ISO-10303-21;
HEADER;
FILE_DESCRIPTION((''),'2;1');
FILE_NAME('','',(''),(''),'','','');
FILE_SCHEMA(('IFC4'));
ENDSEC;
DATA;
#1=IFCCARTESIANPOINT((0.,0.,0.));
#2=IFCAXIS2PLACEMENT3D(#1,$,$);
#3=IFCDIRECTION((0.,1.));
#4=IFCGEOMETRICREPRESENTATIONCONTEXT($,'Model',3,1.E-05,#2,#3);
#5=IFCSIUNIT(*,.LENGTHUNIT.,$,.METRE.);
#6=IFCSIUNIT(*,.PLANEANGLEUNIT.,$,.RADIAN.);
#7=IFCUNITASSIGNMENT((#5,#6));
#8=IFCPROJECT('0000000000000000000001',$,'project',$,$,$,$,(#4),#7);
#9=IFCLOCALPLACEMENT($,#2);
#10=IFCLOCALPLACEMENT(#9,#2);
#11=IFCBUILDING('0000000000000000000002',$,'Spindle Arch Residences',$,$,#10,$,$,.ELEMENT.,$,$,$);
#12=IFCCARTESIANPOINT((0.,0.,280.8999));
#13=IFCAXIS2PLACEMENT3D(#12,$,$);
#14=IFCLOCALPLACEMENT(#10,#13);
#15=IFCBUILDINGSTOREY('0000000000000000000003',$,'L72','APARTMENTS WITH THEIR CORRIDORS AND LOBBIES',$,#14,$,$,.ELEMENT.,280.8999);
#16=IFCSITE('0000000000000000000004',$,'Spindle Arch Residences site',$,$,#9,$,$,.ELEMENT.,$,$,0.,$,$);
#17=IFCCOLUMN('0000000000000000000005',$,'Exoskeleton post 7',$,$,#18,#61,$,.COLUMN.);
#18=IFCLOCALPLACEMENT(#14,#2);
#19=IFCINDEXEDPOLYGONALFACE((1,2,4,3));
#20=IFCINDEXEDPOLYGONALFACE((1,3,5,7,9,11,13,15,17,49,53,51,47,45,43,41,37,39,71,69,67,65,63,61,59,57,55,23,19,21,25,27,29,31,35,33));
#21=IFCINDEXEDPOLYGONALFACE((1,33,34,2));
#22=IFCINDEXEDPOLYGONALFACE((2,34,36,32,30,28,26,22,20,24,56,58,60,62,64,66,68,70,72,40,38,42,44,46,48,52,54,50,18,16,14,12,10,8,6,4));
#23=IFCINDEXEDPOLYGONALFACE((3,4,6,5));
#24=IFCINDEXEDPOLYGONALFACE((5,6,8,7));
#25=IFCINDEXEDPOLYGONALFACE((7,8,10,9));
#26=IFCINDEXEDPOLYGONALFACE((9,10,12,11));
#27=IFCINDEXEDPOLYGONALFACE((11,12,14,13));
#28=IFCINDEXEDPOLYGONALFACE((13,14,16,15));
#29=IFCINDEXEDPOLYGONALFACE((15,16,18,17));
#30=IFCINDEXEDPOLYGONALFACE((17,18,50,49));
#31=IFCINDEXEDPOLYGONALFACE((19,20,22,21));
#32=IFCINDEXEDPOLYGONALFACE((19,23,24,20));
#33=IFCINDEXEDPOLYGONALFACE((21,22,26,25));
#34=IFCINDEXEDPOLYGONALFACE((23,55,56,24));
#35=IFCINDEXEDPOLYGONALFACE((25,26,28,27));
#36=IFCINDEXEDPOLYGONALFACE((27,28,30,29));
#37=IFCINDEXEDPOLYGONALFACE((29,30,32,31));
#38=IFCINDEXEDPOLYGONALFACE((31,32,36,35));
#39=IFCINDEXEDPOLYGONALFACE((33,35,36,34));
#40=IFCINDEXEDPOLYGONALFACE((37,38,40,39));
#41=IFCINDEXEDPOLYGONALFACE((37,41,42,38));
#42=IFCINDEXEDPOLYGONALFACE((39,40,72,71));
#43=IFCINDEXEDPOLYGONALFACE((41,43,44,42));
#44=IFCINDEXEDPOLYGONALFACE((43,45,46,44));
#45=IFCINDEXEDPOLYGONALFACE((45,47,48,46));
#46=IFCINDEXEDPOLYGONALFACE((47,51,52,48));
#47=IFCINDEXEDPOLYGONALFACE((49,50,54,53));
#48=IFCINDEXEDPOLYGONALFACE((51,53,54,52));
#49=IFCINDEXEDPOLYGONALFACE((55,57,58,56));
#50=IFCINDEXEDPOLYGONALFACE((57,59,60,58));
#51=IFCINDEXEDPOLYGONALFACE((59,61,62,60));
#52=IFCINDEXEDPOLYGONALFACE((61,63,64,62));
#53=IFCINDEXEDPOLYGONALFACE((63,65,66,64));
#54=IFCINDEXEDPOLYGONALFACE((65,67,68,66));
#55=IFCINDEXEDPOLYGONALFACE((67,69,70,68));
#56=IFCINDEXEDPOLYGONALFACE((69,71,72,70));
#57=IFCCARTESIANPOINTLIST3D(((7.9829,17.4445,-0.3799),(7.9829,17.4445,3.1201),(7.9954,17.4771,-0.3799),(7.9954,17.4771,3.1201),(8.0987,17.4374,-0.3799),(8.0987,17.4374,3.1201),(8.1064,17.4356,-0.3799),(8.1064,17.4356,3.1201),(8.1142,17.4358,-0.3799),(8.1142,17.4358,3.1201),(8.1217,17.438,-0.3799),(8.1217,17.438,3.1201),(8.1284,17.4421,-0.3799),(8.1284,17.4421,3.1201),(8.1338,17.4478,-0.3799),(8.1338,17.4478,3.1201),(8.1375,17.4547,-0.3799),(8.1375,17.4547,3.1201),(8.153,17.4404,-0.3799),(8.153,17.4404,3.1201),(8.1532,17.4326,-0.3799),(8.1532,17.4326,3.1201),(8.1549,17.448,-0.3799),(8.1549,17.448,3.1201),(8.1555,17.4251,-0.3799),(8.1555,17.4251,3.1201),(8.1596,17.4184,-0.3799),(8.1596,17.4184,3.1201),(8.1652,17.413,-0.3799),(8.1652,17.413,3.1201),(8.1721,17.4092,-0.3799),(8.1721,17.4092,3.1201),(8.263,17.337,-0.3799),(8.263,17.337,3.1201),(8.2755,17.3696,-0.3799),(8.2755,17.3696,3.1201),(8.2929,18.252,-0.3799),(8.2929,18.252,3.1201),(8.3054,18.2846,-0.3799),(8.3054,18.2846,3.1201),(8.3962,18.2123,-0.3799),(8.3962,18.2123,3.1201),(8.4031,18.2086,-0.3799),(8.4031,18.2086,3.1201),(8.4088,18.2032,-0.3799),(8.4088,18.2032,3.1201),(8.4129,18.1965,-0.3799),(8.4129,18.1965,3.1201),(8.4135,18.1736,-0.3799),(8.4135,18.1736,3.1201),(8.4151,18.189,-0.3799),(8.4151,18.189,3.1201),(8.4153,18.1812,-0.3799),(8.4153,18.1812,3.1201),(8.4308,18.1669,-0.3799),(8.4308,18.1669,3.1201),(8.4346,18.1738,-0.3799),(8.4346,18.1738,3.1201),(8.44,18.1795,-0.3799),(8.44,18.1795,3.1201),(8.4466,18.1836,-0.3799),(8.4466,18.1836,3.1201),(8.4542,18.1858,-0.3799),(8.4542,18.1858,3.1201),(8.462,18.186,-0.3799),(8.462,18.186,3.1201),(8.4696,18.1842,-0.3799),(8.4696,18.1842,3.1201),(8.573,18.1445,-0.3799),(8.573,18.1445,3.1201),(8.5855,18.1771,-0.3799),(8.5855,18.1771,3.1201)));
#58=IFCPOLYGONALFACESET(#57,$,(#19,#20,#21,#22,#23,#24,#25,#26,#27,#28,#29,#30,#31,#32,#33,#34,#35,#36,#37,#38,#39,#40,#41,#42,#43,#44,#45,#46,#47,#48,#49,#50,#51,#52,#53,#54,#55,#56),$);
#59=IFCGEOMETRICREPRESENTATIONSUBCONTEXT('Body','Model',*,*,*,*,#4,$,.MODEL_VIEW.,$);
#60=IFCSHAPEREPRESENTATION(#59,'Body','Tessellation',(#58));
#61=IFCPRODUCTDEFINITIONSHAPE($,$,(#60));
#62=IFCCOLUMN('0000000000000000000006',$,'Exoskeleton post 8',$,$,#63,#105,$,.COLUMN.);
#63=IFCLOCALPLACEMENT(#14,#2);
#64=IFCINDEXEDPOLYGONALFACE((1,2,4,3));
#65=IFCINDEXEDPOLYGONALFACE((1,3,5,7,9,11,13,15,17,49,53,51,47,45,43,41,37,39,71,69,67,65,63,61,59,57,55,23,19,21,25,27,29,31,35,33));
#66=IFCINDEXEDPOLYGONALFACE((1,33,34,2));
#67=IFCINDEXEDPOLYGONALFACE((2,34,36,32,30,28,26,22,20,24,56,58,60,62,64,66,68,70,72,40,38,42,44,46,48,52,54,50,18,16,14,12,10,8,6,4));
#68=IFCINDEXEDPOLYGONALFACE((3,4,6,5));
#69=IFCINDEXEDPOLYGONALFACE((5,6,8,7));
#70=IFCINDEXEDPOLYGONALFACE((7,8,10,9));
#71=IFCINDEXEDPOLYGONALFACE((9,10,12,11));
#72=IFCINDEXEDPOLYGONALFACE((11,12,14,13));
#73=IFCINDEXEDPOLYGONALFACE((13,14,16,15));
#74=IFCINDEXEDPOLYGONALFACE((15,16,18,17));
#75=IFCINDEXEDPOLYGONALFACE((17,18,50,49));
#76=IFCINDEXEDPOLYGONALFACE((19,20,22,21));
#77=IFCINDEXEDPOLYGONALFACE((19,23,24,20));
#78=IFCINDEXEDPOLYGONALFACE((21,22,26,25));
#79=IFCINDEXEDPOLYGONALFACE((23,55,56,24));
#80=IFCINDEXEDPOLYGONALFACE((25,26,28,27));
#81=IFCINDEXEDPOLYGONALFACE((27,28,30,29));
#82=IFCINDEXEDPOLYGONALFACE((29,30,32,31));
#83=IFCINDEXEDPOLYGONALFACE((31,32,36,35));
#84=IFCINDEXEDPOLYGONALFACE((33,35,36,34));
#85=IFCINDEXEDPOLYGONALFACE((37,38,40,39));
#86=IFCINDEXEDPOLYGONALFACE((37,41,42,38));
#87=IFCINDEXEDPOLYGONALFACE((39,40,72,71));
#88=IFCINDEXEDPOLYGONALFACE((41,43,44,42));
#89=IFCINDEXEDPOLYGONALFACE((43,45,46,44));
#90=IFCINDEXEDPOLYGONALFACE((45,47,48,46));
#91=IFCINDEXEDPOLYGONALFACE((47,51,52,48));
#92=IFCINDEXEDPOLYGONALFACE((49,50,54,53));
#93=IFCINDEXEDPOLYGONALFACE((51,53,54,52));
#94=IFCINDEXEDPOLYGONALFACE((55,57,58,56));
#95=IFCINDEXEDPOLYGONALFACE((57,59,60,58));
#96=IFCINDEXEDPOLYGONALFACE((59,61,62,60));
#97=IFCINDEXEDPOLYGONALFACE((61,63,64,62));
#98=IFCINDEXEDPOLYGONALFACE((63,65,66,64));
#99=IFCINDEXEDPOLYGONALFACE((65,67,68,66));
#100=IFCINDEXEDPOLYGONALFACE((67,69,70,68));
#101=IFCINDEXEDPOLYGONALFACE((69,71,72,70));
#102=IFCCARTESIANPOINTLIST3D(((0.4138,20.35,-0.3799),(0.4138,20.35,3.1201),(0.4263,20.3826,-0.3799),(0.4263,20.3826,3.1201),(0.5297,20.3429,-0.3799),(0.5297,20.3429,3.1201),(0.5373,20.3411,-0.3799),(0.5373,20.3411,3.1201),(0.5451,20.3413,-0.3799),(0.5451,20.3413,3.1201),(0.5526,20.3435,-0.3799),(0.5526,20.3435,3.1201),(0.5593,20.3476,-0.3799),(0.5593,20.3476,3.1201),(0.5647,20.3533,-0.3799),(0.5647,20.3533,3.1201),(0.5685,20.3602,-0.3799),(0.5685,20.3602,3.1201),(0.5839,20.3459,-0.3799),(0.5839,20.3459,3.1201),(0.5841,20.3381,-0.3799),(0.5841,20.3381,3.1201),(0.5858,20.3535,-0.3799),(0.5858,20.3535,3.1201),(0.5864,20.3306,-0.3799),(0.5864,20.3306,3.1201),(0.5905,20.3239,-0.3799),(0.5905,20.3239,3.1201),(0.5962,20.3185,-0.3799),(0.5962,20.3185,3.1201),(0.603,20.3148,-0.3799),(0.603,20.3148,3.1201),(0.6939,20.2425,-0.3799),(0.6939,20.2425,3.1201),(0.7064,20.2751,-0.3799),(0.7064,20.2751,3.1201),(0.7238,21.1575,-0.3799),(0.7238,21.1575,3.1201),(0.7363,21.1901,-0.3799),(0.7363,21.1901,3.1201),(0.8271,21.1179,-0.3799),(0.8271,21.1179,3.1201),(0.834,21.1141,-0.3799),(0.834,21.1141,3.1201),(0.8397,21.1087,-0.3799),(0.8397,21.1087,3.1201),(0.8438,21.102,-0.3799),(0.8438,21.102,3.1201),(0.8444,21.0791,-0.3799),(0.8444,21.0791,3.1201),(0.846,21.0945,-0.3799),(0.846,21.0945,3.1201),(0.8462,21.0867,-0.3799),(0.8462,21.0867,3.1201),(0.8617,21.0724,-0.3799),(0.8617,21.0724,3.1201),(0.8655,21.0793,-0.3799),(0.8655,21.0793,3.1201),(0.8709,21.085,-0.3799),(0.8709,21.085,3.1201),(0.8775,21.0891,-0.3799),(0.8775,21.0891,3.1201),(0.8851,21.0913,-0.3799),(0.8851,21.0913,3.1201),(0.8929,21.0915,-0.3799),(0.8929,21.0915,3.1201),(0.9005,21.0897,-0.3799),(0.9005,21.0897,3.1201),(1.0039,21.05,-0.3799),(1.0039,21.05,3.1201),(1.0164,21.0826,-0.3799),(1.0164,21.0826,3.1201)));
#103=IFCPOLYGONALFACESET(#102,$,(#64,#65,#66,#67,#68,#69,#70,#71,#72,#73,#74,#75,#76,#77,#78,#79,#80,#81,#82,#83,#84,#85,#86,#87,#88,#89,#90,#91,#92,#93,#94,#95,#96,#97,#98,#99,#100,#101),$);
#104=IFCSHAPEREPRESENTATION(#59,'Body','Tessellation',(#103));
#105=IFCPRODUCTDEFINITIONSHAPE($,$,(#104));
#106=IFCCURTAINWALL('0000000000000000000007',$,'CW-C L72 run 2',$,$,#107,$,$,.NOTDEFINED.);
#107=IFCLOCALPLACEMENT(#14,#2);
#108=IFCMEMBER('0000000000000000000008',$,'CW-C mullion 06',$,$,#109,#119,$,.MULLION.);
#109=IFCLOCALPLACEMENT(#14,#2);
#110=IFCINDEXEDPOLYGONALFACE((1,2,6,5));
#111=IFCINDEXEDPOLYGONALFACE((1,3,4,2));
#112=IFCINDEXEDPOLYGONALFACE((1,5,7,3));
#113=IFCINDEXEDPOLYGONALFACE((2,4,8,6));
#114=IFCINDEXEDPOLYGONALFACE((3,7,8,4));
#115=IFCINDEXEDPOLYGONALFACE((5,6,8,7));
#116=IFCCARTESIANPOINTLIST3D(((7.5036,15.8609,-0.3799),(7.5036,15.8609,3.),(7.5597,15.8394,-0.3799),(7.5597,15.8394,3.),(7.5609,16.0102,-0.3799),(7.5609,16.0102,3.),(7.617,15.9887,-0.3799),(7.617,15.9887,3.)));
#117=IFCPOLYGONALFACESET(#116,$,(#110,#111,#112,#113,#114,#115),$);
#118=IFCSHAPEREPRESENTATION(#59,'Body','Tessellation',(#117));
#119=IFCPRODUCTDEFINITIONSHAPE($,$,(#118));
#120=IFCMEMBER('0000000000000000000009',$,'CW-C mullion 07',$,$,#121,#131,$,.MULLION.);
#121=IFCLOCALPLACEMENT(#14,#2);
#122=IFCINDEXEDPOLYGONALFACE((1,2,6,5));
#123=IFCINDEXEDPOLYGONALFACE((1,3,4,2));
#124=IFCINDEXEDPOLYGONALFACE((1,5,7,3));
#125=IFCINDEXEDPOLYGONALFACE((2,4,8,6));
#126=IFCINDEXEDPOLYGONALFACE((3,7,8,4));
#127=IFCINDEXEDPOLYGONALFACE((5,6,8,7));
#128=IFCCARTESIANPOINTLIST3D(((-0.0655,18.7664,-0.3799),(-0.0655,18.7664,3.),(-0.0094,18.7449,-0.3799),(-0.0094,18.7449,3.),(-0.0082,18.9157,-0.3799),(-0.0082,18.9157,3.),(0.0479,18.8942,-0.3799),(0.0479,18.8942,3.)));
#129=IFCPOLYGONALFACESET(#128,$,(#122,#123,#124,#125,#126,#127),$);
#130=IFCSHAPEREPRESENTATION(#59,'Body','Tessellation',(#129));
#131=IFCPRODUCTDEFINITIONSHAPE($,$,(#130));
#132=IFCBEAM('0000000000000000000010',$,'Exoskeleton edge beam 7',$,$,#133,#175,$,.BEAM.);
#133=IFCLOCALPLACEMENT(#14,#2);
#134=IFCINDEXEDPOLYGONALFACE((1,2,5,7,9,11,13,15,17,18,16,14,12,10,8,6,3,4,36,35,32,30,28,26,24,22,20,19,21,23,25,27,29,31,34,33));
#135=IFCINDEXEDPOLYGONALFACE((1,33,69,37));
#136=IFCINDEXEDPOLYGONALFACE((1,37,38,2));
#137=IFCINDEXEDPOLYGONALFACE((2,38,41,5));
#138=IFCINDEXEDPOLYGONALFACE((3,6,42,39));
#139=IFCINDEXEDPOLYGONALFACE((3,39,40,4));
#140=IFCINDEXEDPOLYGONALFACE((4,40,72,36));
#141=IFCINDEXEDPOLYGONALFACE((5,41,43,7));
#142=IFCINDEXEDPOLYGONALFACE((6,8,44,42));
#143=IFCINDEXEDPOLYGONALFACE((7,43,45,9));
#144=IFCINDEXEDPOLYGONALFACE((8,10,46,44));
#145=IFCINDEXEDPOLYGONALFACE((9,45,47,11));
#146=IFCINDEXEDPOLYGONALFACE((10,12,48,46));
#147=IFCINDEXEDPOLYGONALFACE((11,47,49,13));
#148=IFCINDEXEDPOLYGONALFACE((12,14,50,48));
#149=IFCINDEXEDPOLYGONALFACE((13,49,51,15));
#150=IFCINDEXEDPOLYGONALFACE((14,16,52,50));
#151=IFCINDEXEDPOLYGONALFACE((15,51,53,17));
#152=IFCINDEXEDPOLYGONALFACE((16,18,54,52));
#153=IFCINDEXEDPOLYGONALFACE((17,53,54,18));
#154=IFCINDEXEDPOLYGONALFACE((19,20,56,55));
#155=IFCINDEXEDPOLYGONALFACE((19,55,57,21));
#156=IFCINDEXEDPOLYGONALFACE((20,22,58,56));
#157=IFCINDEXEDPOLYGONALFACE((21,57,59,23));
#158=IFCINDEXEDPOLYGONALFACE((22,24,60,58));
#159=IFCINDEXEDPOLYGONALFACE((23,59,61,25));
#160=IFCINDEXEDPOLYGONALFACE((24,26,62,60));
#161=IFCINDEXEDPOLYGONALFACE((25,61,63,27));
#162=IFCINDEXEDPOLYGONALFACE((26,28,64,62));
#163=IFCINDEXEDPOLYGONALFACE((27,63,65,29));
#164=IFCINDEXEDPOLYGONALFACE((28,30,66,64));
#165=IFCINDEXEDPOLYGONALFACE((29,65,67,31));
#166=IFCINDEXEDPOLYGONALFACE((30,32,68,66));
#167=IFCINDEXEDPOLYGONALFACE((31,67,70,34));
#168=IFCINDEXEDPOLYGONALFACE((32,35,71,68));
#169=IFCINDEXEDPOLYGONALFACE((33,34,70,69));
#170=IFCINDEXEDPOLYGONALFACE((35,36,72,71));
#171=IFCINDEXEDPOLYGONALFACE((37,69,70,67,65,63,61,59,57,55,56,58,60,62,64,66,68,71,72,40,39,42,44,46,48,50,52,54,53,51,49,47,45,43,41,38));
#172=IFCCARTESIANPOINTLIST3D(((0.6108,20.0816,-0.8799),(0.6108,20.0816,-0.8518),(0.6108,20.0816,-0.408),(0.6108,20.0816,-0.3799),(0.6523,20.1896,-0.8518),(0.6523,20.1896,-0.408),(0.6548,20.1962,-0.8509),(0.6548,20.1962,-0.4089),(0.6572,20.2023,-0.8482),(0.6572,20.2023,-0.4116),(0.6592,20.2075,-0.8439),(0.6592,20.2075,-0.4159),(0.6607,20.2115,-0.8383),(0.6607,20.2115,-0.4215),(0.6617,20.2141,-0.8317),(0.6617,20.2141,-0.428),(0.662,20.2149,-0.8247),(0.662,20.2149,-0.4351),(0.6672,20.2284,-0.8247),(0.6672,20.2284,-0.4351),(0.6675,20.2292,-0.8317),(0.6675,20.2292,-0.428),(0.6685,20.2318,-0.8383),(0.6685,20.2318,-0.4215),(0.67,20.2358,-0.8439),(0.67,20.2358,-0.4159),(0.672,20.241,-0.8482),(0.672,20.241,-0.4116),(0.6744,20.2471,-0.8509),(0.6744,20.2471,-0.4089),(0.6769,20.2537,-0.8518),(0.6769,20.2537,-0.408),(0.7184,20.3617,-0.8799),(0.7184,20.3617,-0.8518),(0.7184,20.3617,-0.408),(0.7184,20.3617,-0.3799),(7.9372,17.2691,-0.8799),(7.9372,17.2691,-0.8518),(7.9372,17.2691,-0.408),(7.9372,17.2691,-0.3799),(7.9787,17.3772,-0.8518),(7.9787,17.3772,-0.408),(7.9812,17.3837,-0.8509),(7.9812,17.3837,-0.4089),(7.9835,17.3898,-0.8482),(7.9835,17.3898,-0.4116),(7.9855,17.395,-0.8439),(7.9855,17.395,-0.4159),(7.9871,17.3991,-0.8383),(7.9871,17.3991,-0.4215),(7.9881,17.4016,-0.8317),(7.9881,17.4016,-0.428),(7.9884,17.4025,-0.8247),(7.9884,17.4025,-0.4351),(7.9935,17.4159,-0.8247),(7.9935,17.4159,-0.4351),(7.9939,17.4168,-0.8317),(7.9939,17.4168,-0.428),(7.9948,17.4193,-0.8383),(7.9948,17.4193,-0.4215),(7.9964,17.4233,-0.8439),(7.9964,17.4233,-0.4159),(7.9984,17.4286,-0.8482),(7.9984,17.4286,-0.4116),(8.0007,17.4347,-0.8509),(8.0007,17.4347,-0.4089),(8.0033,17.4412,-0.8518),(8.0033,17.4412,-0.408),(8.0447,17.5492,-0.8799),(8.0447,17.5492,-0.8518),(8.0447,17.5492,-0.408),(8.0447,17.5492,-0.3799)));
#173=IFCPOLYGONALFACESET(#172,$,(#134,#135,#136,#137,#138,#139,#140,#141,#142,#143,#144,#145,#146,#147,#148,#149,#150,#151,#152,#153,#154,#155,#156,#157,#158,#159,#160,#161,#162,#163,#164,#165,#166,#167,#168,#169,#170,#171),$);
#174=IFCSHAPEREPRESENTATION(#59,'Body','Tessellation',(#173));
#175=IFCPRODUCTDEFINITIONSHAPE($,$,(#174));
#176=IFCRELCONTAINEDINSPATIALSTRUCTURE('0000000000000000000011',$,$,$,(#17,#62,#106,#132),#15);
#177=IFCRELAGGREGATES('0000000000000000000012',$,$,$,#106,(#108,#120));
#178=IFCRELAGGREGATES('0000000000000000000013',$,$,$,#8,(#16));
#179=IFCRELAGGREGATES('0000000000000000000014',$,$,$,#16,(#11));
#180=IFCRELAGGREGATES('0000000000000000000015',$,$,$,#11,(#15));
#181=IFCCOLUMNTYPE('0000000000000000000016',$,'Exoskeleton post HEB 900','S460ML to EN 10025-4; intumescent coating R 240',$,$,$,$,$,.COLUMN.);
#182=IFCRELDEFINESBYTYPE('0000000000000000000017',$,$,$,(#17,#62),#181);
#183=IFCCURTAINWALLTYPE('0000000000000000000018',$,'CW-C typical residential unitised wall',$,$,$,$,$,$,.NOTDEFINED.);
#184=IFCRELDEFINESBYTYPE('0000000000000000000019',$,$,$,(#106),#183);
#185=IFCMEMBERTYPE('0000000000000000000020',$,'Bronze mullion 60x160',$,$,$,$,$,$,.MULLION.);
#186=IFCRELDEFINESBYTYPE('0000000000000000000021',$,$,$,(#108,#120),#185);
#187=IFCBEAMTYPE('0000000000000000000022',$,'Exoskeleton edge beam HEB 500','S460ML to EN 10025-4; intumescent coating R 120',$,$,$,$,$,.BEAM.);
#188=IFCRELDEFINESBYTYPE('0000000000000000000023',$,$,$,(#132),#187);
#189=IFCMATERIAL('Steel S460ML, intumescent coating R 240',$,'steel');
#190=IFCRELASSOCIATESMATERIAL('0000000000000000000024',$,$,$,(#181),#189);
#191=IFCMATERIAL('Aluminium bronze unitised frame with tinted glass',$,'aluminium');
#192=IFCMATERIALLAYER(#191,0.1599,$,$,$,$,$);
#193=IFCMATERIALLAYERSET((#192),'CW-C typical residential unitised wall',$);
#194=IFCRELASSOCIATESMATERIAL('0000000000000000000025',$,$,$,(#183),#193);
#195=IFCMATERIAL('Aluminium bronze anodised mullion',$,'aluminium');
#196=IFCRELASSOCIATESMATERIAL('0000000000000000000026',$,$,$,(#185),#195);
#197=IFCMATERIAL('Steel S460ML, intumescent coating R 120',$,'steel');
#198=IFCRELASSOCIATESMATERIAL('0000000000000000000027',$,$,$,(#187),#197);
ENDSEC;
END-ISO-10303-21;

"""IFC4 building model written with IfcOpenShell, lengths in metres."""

from ifc_helpers import new_model, si_unit, direction, frame, origin, origin_2d, place, context, subcontext, project, spatial, rectangle, i_section, extrude, material, layer, layer_set, material_profile, profile_set, type_object, element, aggregate, save


model = new_model("IFC4")

# Units and contexts
model_context = context("Model", 3, precision=1e-05, world=origin(), true_north=direction((0.0, 1.0)))
body_context = subcontext(model_context, "Body", "Model", "MODEL_VIEW")
ifc_project = project(units=[si_unit("LENGTHUNIT", "METRE"), si_unit("PLANEANGLEUNIT", "RADIAN")], contexts=[model_context])

# Site, building, storey
site_placement = place(None, origin())
site = spatial("IfcSite", under=ifc_project, at=site_placement, Name="Spindle Arch Residences site", CompositionType="ELEMENT", RefElevation=0.0)
building_placement = place(site_placement, origin())
building = spatial("IfcBuilding", under=site, at=building_placement, Name="Spindle Arch Residences", CompositionType="ELEMENT")
storey_placement = place(building_placement, frame((0.0, 0.0, 280.8999)))
storey = spatial("IfcBuildingStorey", under=building, at=storey_placement, Name="L72", Description="APARTMENTS WITH THEIR CORRIDORS AND LOBBIES", CompositionType="ELEMENT", Elevation=280.8999)

# Columns
ifc_material_1 = material(Name="Steel S460ML, intumescent coating R 240", Category="steel")
ifc_material_profile_1 = material_profile(ifc_material_1, i_section(OverallWidth=0.3, OverallDepth=0.8999, WebThickness=0.0186, FlangeThickness=0.0349, FilletRadius=0.03, at=origin_2d()), Name="HEB 900")
ifc_profile_set_1 = profile_set([ifc_material_profile_1], Name="Steel S460ML, intumescent coating R 240")
column_type = type_object("IfcColumnType", Name="Exoskeleton post HEB 900", Description="S460ML to EN 10025-4; intumescent coating R 240", PredefinedType="COLUMN", material=ifc_profile_set_1)
for number, where, z_axis, x_axis, name in (
    (1, (8.2842, 17.8108, -0.3799), (0.0, 0.0, 1.0), (0.93358, -0.358368, 0.0), "Exoskeleton post 7"),
    (2, (0.7151, 20.7163, -0.3799), (0.0, 0.0, 1.0), (0.93358, -0.358368, 0.0), "Exoskeleton post 8"),
):
    element("IfcColumn", number, at=place(storey_placement, frame(where, z_axis=z_axis, x_axis=x_axis)), inside=storey, type_object=column_type, Name=name, PredefinedType="COLUMN", context=body_context, shape_type="SweptSolid", body=[
        extrude(i_section(OverallWidth=0.3, OverallDepth=0.8999, WebThickness=0.0186, FlangeThickness=0.0349, FilletRadius=0.03, at=origin_2d()), origin(), (0.0, 0.0, 1.0), 3.5),
    ])

# Curtain wall, members
ifc_material_2 = material(Name="Aluminium bronze unitised frame with tinted glass", Category="aluminium")
ifc_layer_1 = layer(ifc_material_2, 0.1599)
ifc_layer_set_1 = layer_set([ifc_layer_1], Name="CW-C typical residential unitised wall")
curtain_wall_type = type_object("IfcCurtainWallType", Name="CW-C typical residential unitised wall", PredefinedType="NOTDEFINED", material=ifc_layer_set_1)
curtain_wall_placement = place(storey_placement, origin())
curtain_wall = element("IfcCurtainWall", 3, at=curtain_wall_placement, inside=storey, type_object=curtain_wall_type, Name="CW-C L72 run 2", PredefinedType="NOTDEFINED")
ifc_material_3 = material(Name="Aluminium bronze anodised mullion", Category="aluminium")
ifc_material_profile_2 = material_profile(ifc_material_3, rectangle(XDim=0.1599, YDim=0.0601, at=origin_2d()), Name="MU 60x160")
ifc_profile_set_2 = profile_set([ifc_material_profile_2], Name="Aluminium bronze anodised mullion")
member_type = type_object("IfcMemberType", Name="Bronze mullion 60x160", PredefinedType="MULLION", material=ifc_profile_set_2)
member_1_placement = place(storey_placement, frame((7.5603, 15.9248, -0.3799), z_axis=(0.0, 0.0, 1.0), x_axis=(-0.358368, -0.93358, 0.0)))
member_1 = element("IfcMember", 4, at=member_1_placement, type_object=member_type, Name="CW-C mullion 06", PredefinedType="MULLION", context=body_context, shape_type="SweptSolid", body=[
    extrude(rectangle(XDim=0.1599, YDim=0.0601, at=origin_2d()), origin(), (0.0, 0.0, 1.0), 3.3799),
])
member_2_placement = place(storey_placement, frame((-0.0088, 18.8303, -0.3799), z_axis=(0.0, 0.0, 1.0), x_axis=(-0.358368, -0.93358, 0.0)))
member_2 = element("IfcMember", 5, at=member_2_placement, type_object=member_type, Name="CW-C mullion 07", PredefinedType="MULLION", context=body_context, shape_type="SweptSolid", body=[
    extrude(rectangle(XDim=0.1599, YDim=0.0601, at=origin_2d()), origin(), (0.0, 0.0, 1.0), 3.3799),
])

# Beam
ifc_material_4 = material(Name="Steel S460ML, intumescent coating R 120", Category="steel")
ifc_material_profile_3 = material_profile(ifc_material_4, i_section(OverallWidth=0.3, OverallDepth=0.5, WebThickness=0.0144, FlangeThickness=0.0281, FilletRadius=0.0271, at=origin_2d()), Name="HEB 500")
ifc_profile_set_3 = profile_set([ifc_material_profile_3], Name="Steel S460ML, intumescent coating R 120")
beam_type_1 = type_object("IfcBeamType", Name="Exoskeleton edge beam HEB 500", Description="S460ML to EN 10025-4; intumescent coating R 120", PredefinedType="BEAM", material=ifc_profile_set_3)
for number, where, z_axis, x_axis, name in (
    (6, (7.991, 17.4092, -0.6299), (-0.933574, 0.358385, 0.0), (-0.358385, -0.933574, 0.0), "Exoskeleton edge beam 7"),
):
    element("IfcBeam", number, at=place(storey_placement, frame(where, z_axis=z_axis, x_axis=x_axis)), inside=storey, type_object=beam_type_1, Name=name, PredefinedType="BEAM", context=body_context, shape_type="SweptSolid", body=[
        extrude(i_section(OverallWidth=0.3, OverallDepth=0.5, WebThickness=0.0144, FlangeThickness=0.0281, FilletRadius=0.0271, at=origin_2d()), origin(), (0.0, 0.0, 1.0), 7.8477),
    ])

aggregate(curtain_wall, [member_1, member_2])

save(model, "model.ifc")
